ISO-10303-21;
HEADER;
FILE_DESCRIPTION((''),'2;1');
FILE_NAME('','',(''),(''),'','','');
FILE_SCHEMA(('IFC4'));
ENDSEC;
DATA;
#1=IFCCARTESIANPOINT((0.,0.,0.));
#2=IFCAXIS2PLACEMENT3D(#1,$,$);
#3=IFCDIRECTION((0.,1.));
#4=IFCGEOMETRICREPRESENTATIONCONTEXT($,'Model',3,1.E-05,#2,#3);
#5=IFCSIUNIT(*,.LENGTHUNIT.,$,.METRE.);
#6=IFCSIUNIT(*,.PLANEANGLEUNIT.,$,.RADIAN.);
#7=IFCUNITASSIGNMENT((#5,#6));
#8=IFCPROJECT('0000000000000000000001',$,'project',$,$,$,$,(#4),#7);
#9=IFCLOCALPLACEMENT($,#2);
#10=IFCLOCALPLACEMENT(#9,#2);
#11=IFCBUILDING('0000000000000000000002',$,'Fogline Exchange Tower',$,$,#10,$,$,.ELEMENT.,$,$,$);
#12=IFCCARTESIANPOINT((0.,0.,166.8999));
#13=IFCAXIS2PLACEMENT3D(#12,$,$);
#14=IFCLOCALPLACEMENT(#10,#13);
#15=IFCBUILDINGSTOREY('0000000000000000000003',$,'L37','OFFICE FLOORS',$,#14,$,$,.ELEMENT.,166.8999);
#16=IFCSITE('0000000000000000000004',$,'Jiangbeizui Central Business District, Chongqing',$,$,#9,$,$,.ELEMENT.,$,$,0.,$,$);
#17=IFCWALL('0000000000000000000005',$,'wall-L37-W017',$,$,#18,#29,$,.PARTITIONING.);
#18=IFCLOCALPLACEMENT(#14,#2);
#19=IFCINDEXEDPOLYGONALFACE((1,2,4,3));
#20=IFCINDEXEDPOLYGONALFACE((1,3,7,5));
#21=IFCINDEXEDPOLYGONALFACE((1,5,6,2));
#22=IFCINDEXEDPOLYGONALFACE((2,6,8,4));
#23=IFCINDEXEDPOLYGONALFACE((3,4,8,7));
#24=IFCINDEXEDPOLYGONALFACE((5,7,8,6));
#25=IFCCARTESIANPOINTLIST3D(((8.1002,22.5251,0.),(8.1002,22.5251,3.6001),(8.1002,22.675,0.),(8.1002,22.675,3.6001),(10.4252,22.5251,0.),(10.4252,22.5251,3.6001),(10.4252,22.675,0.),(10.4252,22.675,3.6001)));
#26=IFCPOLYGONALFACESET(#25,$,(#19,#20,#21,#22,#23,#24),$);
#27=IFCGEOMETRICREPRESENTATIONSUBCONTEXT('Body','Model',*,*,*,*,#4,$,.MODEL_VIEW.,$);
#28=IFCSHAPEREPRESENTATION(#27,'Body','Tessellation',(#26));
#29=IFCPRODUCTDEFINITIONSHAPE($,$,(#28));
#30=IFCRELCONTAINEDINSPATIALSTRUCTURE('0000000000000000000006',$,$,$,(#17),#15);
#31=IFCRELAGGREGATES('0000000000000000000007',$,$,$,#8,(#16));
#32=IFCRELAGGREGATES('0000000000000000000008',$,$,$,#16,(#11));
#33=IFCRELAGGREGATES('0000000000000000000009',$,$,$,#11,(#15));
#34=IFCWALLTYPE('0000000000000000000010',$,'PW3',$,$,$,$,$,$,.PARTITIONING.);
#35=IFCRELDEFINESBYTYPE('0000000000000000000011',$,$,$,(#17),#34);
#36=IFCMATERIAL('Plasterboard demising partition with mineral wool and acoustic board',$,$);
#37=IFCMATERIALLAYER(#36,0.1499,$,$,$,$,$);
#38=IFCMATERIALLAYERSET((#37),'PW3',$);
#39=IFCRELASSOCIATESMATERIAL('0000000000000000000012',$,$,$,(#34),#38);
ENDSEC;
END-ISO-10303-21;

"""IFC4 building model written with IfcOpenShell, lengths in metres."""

from ifc_helpers import new_model, si_unit, direction, frame, frame_2d, origin, place, context, subcontext, project, spatial, rectangle, extrude, material, layer, layer_set, type_object, element, save


model = new_model("IFC4")

# Units and contexts
model_context = context("Model", 3, precision=1e-05, world=origin(), true_north=direction((0.0, 1.0)))
body_context = subcontext(model_context, "Body", "Model", "MODEL_VIEW")
ifc_project = project(units=[si_unit("LENGTHUNIT", "METRE"), si_unit("PLANEANGLEUNIT", "RADIAN")], contexts=[model_context])

# Site, building, storey
site_placement = place(None, origin())
site = spatial("IfcSite", under=ifc_project, at=site_placement, Name="Jiangbeizui Central Business District, Chongqing", CompositionType="ELEMENT", RefElevation=0.0)
building_placement = place(site_placement, origin())
building = spatial("IfcBuilding", under=site, at=building_placement, Name="Fogline Exchange Tower", CompositionType="ELEMENT")
storey_placement = place(building_placement, frame((0.0, 0.0, 166.8999)))
storey = spatial("IfcBuildingStorey", under=building, at=storey_placement, Name="L37", Description="OFFICE FLOORS", CompositionType="ELEMENT", Elevation=166.8999)

# Wall
ifc_material_1 = material(Name="Plasterboard demising partition with mineral wool and acoustic board")
ifc_layer_1 = layer(ifc_material_1, 0.1499)
ifc_layer_set_1 = layer_set([ifc_layer_1], Name="PW3")
wall_type_1 = type_object("IfcWallType", Name="PW3", PredefinedType="PARTITIONING", material=ifc_layer_set_1)
wall_1_placement = place(storey_placement, frame((8.1001, 22.6001, 0.0), z_axis=(0.0, 0.0, 1.0), x_axis=(1.0, 0.0, 0.0)))
element("IfcWall", 1, at=wall_1_placement, inside=storey, type_object=wall_type_1, Name="wall-L37-W017", PredefinedType="PARTITIONING", context=body_context, shape_type="SweptSolid", body=[
    extrude(rectangle(XDim=2.325, YDim=0.1499, at=frame_2d((1.1626, 0.0))), origin(), (0.0, 0.0, 1.0), 3.6001),
])

save(model, "model.ifc")
